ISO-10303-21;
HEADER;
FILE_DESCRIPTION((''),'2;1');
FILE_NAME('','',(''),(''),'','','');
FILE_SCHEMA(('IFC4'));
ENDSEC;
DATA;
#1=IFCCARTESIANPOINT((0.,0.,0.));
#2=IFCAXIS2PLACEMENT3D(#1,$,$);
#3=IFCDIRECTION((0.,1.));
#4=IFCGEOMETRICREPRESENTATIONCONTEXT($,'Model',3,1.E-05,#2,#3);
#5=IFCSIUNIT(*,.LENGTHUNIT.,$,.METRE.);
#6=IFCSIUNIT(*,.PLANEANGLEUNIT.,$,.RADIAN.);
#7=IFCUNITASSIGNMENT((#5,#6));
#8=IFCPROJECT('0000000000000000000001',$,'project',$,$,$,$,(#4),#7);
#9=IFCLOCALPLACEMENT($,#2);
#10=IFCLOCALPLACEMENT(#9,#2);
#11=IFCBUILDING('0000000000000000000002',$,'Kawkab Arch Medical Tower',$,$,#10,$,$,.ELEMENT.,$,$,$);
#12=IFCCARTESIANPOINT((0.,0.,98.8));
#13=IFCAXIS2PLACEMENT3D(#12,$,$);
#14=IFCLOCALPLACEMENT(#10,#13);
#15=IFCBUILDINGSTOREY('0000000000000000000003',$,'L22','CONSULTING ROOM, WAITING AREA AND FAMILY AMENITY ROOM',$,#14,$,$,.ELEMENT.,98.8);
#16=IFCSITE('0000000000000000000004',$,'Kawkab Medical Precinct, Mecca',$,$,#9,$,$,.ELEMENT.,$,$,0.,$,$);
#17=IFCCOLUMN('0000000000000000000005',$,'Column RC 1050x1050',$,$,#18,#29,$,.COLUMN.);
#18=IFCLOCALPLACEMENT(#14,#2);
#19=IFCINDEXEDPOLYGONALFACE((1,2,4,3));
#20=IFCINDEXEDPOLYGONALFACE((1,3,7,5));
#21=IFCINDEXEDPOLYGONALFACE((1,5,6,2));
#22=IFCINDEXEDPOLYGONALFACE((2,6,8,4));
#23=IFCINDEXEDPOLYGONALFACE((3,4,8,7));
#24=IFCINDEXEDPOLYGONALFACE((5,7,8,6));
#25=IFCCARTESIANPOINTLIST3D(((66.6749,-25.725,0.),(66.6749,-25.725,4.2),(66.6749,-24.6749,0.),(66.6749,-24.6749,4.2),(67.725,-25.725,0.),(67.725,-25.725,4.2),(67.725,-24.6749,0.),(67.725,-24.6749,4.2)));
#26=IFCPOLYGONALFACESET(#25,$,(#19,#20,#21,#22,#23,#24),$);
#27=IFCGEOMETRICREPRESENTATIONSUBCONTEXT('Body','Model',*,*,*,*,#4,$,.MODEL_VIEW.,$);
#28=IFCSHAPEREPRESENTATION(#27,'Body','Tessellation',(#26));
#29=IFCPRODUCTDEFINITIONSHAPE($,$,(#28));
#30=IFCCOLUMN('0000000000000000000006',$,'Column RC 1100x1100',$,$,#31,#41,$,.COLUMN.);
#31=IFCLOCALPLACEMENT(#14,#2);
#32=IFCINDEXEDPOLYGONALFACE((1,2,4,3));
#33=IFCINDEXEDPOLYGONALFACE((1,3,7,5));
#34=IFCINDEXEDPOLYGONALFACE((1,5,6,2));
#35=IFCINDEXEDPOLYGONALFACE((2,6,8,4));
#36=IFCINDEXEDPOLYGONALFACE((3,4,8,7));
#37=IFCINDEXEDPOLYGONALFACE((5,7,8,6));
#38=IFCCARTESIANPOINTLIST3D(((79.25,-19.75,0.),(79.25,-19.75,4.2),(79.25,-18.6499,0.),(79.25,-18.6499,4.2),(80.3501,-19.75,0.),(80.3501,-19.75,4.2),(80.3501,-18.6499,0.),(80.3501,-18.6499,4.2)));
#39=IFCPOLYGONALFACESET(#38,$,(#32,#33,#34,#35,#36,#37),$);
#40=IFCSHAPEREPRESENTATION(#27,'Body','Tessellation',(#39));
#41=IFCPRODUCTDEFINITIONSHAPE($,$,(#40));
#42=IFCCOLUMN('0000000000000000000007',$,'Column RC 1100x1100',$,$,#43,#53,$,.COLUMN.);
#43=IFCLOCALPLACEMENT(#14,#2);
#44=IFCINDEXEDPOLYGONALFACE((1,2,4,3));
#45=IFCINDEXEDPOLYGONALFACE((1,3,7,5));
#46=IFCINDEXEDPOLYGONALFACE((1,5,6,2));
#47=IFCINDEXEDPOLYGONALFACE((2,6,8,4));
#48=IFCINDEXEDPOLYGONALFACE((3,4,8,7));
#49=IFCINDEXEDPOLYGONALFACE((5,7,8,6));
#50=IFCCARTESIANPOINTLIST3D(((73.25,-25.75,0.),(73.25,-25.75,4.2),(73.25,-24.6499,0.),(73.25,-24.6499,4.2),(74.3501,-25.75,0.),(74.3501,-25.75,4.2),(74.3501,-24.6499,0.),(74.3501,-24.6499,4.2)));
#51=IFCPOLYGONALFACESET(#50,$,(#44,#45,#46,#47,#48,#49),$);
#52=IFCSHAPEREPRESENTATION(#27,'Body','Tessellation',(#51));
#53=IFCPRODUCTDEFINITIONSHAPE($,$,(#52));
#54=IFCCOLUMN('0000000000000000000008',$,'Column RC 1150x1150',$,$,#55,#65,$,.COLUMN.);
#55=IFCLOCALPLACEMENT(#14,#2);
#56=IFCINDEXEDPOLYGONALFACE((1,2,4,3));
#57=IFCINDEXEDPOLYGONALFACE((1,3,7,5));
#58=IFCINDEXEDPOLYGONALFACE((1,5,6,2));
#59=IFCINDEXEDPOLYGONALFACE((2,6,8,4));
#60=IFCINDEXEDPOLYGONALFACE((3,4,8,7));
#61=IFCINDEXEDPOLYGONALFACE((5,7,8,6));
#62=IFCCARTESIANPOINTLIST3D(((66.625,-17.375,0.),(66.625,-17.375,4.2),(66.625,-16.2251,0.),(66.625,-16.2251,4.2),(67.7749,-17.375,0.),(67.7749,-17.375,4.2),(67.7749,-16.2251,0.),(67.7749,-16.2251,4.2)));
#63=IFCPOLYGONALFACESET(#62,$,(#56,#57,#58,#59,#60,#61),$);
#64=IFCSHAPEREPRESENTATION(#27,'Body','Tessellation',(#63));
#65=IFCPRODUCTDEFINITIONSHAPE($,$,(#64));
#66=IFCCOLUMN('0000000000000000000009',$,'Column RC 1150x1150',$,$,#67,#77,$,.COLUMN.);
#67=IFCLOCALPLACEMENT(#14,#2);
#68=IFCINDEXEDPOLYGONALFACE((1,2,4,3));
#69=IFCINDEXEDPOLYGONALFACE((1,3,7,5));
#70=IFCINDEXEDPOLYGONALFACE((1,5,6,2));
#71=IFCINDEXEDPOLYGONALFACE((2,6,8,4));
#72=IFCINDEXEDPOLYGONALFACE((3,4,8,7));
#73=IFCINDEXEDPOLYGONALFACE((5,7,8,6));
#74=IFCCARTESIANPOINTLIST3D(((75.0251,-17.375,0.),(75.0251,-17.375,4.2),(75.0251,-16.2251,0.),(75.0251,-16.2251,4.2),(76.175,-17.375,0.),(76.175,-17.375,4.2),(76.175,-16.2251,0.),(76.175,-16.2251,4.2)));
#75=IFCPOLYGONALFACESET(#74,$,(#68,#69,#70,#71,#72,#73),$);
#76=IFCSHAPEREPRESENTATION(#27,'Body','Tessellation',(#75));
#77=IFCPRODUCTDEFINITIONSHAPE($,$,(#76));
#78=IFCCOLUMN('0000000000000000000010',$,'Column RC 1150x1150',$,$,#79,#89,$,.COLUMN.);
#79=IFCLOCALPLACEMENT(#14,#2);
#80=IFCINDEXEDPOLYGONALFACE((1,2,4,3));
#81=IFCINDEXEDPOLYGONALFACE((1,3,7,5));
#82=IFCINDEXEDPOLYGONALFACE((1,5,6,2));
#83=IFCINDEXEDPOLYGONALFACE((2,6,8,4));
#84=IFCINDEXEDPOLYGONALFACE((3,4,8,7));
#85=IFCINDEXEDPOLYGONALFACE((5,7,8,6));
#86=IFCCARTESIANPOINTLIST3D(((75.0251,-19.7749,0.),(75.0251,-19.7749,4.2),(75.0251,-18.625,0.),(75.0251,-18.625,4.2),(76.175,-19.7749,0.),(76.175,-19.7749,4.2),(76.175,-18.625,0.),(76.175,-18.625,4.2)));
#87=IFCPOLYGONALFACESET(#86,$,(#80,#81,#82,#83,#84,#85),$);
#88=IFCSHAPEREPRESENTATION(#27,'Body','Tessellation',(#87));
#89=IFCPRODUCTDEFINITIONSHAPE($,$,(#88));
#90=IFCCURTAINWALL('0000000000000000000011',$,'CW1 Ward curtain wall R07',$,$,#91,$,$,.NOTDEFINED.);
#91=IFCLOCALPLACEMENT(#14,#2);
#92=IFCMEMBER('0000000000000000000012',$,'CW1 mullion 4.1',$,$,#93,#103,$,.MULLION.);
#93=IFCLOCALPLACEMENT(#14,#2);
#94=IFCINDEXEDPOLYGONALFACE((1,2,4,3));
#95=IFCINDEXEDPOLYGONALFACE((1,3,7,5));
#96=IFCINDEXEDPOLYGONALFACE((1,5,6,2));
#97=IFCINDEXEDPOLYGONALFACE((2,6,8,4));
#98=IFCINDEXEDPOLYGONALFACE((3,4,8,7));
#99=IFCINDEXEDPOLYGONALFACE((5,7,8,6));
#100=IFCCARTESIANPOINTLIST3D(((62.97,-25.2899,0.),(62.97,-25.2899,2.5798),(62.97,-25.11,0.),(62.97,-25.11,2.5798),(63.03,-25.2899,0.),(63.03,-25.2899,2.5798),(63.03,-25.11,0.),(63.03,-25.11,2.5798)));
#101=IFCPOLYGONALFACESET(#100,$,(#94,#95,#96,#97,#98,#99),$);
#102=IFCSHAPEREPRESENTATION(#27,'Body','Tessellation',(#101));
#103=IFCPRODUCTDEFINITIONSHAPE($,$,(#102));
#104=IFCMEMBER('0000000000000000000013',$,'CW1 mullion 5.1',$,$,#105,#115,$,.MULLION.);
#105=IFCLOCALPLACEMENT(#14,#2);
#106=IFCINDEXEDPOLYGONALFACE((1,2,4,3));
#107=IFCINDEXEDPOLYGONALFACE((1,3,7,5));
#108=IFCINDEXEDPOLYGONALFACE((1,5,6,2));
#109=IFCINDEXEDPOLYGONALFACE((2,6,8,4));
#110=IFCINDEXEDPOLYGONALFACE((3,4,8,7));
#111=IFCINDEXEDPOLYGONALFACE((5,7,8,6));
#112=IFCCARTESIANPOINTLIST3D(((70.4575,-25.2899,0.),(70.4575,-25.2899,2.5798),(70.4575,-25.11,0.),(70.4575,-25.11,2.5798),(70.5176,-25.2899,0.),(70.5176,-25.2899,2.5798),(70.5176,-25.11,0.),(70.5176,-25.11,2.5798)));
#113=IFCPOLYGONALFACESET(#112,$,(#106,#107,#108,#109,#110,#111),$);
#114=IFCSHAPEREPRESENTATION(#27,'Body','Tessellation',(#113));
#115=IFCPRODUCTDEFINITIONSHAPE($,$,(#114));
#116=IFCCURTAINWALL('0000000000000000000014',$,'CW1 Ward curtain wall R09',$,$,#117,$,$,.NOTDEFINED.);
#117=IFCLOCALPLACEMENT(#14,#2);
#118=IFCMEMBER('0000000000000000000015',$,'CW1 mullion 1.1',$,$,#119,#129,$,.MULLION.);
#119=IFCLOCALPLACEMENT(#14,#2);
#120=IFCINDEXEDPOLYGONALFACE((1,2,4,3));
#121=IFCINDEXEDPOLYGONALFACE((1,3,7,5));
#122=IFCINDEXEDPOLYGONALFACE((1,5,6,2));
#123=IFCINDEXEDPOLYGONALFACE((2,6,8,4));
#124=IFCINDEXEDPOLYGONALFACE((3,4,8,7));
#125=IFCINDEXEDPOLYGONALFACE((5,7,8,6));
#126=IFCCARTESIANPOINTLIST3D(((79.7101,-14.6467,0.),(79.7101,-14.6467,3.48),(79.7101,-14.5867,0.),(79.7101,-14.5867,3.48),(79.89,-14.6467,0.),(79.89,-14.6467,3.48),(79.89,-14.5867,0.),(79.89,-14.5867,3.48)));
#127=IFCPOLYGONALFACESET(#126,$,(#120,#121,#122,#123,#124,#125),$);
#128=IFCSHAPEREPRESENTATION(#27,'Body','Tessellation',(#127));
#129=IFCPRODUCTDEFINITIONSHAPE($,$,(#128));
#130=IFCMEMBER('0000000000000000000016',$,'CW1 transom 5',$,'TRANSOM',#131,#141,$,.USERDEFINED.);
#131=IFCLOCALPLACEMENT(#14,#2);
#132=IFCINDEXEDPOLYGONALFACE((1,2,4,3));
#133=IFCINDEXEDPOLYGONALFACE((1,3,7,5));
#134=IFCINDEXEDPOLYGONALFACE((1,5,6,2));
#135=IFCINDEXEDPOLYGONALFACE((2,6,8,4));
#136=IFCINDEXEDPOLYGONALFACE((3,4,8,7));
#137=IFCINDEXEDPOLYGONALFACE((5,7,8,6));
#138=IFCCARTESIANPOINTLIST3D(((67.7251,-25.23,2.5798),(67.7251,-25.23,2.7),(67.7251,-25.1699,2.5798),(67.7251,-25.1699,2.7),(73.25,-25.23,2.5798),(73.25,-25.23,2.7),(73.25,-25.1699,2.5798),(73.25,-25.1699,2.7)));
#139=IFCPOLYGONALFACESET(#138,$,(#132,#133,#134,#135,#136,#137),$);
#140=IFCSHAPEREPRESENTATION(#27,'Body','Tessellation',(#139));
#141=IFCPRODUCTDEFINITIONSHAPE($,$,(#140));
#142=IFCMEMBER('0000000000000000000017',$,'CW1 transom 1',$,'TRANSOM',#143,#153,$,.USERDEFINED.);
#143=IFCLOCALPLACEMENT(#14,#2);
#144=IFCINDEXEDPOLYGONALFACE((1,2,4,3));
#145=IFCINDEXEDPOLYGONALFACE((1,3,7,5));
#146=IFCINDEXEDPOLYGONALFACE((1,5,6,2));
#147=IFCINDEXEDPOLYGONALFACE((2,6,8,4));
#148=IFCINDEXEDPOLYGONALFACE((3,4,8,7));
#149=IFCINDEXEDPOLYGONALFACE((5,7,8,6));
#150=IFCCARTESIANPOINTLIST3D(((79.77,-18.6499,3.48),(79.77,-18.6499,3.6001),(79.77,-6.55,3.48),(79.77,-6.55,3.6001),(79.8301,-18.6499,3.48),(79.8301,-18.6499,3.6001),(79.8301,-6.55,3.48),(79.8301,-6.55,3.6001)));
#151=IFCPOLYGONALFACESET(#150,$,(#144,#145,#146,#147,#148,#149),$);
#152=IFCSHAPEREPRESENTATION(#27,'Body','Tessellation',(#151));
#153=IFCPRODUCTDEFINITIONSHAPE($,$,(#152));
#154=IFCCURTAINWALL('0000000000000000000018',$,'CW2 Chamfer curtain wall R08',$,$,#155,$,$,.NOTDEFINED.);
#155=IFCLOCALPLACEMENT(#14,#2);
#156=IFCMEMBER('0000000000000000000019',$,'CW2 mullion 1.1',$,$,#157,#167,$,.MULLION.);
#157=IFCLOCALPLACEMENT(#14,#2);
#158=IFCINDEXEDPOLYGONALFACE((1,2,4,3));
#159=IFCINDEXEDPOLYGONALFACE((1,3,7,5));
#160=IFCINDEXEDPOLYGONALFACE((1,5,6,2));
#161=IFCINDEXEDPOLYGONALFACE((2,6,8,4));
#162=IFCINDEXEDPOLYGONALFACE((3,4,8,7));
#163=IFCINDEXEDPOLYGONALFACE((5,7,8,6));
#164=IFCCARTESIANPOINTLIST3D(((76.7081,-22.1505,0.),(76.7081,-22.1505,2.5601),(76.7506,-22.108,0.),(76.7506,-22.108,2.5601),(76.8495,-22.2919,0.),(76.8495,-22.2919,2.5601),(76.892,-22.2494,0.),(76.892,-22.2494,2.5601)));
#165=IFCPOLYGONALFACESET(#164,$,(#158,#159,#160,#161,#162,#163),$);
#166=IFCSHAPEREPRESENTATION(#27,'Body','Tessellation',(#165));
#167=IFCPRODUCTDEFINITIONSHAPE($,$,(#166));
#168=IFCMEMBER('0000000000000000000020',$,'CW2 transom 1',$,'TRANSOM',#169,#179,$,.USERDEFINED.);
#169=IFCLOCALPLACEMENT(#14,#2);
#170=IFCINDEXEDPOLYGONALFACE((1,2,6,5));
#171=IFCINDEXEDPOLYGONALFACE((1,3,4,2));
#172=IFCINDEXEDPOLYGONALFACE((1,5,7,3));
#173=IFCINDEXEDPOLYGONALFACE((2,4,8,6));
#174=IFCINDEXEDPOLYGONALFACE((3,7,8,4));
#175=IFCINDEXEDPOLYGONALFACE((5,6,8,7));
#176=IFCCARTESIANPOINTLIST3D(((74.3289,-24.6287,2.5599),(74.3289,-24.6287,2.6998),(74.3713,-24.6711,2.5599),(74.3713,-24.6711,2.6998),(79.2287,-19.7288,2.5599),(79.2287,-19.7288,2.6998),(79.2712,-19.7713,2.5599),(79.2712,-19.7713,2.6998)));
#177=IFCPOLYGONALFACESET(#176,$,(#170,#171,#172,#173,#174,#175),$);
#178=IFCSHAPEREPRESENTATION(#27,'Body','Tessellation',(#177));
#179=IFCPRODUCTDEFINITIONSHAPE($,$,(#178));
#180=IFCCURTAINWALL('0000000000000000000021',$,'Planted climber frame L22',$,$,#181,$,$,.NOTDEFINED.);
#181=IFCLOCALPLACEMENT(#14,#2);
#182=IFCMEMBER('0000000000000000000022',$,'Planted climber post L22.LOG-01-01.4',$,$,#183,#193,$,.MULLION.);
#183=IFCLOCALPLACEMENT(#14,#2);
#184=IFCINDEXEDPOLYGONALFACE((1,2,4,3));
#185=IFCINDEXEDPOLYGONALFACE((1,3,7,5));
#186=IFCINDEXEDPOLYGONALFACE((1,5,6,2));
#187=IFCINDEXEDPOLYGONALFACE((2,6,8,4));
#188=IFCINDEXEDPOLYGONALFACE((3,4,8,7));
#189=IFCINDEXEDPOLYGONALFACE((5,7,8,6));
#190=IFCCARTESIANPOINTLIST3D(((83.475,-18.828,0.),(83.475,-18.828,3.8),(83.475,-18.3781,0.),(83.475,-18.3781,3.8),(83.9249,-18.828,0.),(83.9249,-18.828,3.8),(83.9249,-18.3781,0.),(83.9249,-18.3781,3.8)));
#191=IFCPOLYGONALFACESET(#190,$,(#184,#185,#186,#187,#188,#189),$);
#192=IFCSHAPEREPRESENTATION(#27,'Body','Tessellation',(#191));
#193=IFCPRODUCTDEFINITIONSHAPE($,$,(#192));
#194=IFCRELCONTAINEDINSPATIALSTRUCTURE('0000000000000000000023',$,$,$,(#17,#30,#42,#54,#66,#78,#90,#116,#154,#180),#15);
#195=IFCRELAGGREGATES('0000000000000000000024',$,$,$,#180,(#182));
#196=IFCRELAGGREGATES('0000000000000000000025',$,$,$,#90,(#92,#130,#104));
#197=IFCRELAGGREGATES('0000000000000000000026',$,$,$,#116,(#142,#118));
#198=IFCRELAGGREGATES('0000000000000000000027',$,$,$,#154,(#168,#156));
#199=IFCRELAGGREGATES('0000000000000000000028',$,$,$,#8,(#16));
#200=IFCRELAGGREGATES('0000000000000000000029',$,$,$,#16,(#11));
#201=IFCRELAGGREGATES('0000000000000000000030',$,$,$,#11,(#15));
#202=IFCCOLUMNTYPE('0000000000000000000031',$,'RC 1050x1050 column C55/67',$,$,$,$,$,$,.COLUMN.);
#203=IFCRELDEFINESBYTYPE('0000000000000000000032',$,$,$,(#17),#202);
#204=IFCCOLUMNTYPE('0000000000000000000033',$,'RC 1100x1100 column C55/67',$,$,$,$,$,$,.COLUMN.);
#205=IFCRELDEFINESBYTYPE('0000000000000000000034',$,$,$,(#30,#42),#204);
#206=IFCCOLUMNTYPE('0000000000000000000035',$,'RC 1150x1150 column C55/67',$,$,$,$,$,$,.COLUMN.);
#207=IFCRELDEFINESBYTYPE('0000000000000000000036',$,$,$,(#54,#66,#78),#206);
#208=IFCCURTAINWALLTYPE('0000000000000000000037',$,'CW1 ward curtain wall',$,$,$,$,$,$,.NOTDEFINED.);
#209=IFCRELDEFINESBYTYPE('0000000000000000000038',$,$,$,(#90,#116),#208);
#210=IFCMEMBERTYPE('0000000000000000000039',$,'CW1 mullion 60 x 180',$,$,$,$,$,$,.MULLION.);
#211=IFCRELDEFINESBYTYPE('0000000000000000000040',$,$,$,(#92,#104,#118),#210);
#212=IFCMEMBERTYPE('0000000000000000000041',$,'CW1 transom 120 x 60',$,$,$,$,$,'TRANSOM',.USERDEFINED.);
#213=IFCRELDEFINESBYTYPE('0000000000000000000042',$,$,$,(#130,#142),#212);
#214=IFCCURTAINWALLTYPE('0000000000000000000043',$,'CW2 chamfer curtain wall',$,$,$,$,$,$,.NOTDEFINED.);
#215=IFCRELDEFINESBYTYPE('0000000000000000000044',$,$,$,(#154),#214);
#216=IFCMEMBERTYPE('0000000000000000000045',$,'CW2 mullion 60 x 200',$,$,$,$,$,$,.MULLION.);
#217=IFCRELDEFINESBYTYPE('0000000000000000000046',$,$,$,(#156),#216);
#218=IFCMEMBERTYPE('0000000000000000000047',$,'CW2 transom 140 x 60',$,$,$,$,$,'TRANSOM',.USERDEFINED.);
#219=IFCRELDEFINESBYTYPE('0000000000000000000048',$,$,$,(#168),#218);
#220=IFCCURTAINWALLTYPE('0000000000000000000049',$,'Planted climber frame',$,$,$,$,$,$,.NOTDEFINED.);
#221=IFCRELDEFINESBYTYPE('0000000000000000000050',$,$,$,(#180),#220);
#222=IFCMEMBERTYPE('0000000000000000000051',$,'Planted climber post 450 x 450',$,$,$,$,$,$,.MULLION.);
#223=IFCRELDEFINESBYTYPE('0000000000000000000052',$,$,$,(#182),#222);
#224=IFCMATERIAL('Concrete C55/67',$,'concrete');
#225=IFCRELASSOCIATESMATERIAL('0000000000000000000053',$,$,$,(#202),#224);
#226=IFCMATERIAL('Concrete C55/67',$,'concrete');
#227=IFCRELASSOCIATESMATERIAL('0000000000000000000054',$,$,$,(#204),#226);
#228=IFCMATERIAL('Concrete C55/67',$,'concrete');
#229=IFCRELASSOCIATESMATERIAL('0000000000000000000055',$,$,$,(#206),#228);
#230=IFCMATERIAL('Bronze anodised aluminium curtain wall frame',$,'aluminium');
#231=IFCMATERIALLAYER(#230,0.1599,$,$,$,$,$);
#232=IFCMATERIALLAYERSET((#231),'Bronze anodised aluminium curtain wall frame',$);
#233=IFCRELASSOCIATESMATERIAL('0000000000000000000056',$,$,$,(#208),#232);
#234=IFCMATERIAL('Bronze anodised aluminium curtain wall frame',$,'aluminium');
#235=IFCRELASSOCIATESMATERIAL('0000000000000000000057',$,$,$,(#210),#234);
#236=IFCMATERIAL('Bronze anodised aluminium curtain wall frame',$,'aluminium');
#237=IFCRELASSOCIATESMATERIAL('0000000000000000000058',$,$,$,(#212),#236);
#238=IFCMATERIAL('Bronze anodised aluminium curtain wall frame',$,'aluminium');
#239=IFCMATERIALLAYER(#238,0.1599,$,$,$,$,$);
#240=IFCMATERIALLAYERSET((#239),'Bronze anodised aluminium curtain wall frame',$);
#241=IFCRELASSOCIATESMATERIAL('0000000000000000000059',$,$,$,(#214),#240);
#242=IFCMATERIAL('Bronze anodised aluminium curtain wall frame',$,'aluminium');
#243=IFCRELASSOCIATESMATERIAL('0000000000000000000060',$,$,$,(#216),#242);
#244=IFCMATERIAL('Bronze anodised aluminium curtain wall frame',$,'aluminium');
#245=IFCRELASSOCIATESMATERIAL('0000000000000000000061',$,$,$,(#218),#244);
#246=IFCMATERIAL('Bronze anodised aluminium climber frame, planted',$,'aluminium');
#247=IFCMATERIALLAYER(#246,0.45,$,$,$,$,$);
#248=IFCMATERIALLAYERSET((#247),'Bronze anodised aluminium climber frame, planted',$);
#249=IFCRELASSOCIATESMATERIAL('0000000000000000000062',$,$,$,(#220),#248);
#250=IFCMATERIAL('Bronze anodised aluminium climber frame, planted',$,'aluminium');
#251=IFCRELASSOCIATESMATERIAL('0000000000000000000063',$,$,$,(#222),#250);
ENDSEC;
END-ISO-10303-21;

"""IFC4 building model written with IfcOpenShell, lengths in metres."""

from ifc_helpers import new_model, si_unit, direction, frame, origin, origin_2d, place, context, subcontext, project, spatial, rectangle, extrude, material, layer, layer_set, material_profile, profile_set, type_object, element, aggregate, save


model = new_model("IFC4")

# Units and contexts
model_context = context("Model", 3, precision=1e-05, world=origin(), true_north=direction((0.0, 1.0)))
body_context = subcontext(model_context, "Body", "Model", "MODEL_VIEW")
ifc_project = project(units=[si_unit("LENGTHUNIT", "METRE"), si_unit("PLANEANGLEUNIT", "RADIAN")], contexts=[model_context])

# Site, building, storey
site_placement = place(None, origin())
site = spatial("IfcSite", under=ifc_project, at=site_placement, Name="Kawkab Medical Precinct, Mecca", CompositionType="ELEMENT", RefElevation=0.0)
building_placement = place(site_placement, origin())
building = spatial("IfcBuilding", under=site, at=building_placement, Name="Kawkab Arch Medical Tower", CompositionType="ELEMENT")
storey_placement = place(building_placement, frame((0.0, 0.0, 98.8)))
storey = spatial("IfcBuildingStorey", under=building, at=storey_placement, Name="L22", Description="CONSULTING ROOM, WAITING AREA AND FAMILY AMENITY ROOM", CompositionType="ELEMENT", Elevation=98.8)

# Columns
ifc_material_1 = material(Name="Concrete C55/67", Category="concrete")
ifc_material_profile_1 = material_profile(ifc_material_1, rectangle(XDim=1.05, YDim=1.05, at=origin_2d()), Name="RC 1050x1050")
ifc_profile_set_1 = profile_set([ifc_material_profile_1], Name="Concrete C55/67")
column_type_1 = type_object("IfcColumnType", Name="RC 1050x1050 column C55/67", PredefinedType="COLUMN", material=ifc_profile_set_1)
column_placement = place(storey_placement, frame((67.2, -25.2, 0.0), z_axis=(0.0, 0.0, 1.0), x_axis=(1.0, 0.0, 0.0)))
element("IfcColumn", 1, at=column_placement, inside=storey, type_object=column_type_1, Name="Column RC 1050x1050", PredefinedType="COLUMN", context=body_context, shape_type="SweptSolid", body=[
    extrude(rectangle(XDim=1.05, YDim=1.05, at=origin_2d()), origin(), (0.0, 0.0, 1.0), 4.2),
])
ifc_material_2 = material(Name="Concrete C55/67", Category="concrete")
ifc_material_profile_2 = material_profile(ifc_material_2, rectangle(XDim=1.1001, YDim=1.1001, at=origin_2d()), Name="RC 1100x1100")
ifc_profile_set_2 = profile_set([ifc_material_profile_2], Name="Concrete C55/67")
column_type_2 = type_object("IfcColumnType", Name="RC 1100x1100 column C55/67", PredefinedType="COLUMN", material=ifc_profile_set_2)
for number, where, z_axis, x_axis, name in (
    (2, (79.8, -19.2, 0.0), (0.0, 0.0, 1.0), (1.0, 0.0, 0.0), "Column RC 1100x1100"),
    (3, (73.8, -25.2, 0.0), (0.0, 0.0, 1.0), (1.0, 0.0, 0.0), "Column RC 1100x1100"),
):
    element("IfcColumn", number, at=place(storey_placement, frame(where, z_axis=z_axis, x_axis=x_axis)), inside=storey, type_object=column_type_2, Name=name, PredefinedType="COLUMN", context=body_context, shape_type="SweptSolid", body=[
        extrude(rectangle(XDim=1.1001, YDim=1.1001, at=origin_2d()), origin(), (0.0, 0.0, 1.0), 4.2),
    ])
ifc_material_3 = material(Name="Concrete C55/67", Category="concrete")
ifc_material_profile_3 = material_profile(ifc_material_3, rectangle(XDim=1.1499, YDim=1.1499, at=origin_2d()), Name="RC 1150x1150")
ifc_profile_set_3 = profile_set([ifc_material_profile_3], Name="Concrete C55/67")
column_type_3 = type_object("IfcColumnType", Name="RC 1150x1150 column C55/67", PredefinedType="COLUMN", material=ifc_profile_set_3)
for number, where, z_axis, x_axis, name in (
    (4, (67.2, -16.8, 0.0), (0.0, 0.0, 1.0), (1.0, 0.0, 0.0), "Column RC 1150x1150"),
    (5, (75.6001, -16.8, 0.0), (0.0, 0.0, 1.0), (1.0, 0.0, 0.0), "Column RC 1150x1150"),
    (6, (75.6001, -19.2, 0.0), (0.0, 0.0, 1.0), (1.0, 0.0, 0.0), "Column RC 1150x1150"),
):
    element("IfcColumn", number, at=place(storey_placement, frame(where, z_axis=z_axis, x_axis=x_axis)), inside=storey, type_object=column_type_3, Name=name, PredefinedType="COLUMN", context=body_context, shape_type="SweptSolid", body=[
        extrude(rectangle(XDim=1.1499, YDim=1.1499, at=origin_2d()), origin(), (0.0, 0.0, 1.0), 4.2),
    ])

# Curtain wall, members
ifc_material_4 = material(Name="Bronze anodised aluminium curtain wall frame", Category="aluminium")
ifc_layer_1 = layer(ifc_material_4, 0.1599)
ifc_layer_set_1 = layer_set([ifc_layer_1], Name="Bronze anodised aluminium curtain wall frame")
curtain_wall_type_1 = type_object("IfcCurtainWallType", Name="CW1 ward curtain wall", PredefinedType="NOTDEFINED", material=ifc_layer_set_1)
placement = place(storey_placement, origin())
curtain_wall_1 = element("IfcCurtainWall", 7, at=placement, inside=storey, type_object=curtain_wall_type_1, Name="CW1 Ward curtain wall R07", PredefinedType="NOTDEFINED")
ifc_material_5 = material(Name="Bronze anodised aluminium curtain wall frame", Category="aluminium")
ifc_material_profile_4 = material_profile(ifc_material_5, rectangle(XDim=0.1799, YDim=0.0601, at=origin_2d()), Name="AL 60x180")
ifc_profile_set_4 = profile_set([ifc_material_profile_4], Name="Bronze anodised aluminium curtain wall frame")
member_type_1 = type_object("IfcMemberType", Name="CW1 mullion 60 x 180", PredefinedType="MULLION", material=ifc_profile_set_4)
member_1_placement = place(storey_placement, frame((63.0, -25.2, 0.0), z_axis=(0.0, 0.0, 1.0), x_axis=(0.0, 1.0, 0.0)))
member_1 = element("IfcMember", 8, at=member_1_placement, type_object=member_type_1, Name="CW1 mullion 4.1", PredefinedType="MULLION", context=body_context, shape_type="SweptSolid", body=[
    extrude(rectangle(XDim=0.1799, YDim=0.0601, at=origin_2d()), origin(), (0.0, 0.0, 1.0), 2.5798),
])
member_2_placement = place(storey_placement, frame((70.4875, -25.2, 0.0), z_axis=(0.0, 0.0, 1.0), x_axis=(0.0, 1.0, 0.0)))
member_2 = element("IfcMember", 9, at=member_2_placement, type_object=member_type_1, Name="CW1 mullion 5.1", PredefinedType="MULLION", context=body_context, shape_type="SweptSolid", body=[
    extrude(rectangle(XDim=0.1799, YDim=0.0601, at=origin_2d()), origin(), (0.0, 0.0, 1.0), 2.5798),
])

# Curtain wall, member
curtain_wall_2 = element("IfcCurtainWall", 10, at=placement, inside=storey, type_object=curtain_wall_type_1, Name="CW1 Ward curtain wall R09", PredefinedType="NOTDEFINED")
member_3_placement = place(storey_placement, frame((79.8, -14.6167, 0.0), z_axis=(0.0, 0.0, 1.0), x_axis=(-1.0, 0.0, 0.0)))
member_3 = element("IfcMember", 11, at=member_3_placement, type_object=member_type_1, Name="CW1 mullion 1.1", PredefinedType="MULLION", context=body_context, shape_type="SweptSolid", body=[
    extrude(rectangle(XDim=0.1799, YDim=0.0601, at=origin_2d()), origin(), (0.0, 0.0, 1.0), 3.48),
])

# Members
ifc_material_6 = material(Name="Bronze anodised aluminium curtain wall frame", Category="aluminium")
ifc_material_profile_5 = material_profile(ifc_material_6, rectangle(XDim=0.0601, YDim=0.1201, at=origin_2d()), Name="AL 60x120")
ifc_profile_set_5 = profile_set([ifc_material_profile_5], Name="Bronze anodised aluminium curtain wall frame")
member_type_2 = type_object("IfcMemberType", Name="CW1 transom 120 x 60", ElementType="TRANSOM", PredefinedType="USERDEFINED", material=ifc_profile_set_5)
member_4_placement = place(storey_placement, frame((67.7251, -25.2, 2.6399), z_axis=(1.0, 0.0, 0.0), x_axis=(0.0, 1.0, 0.0)))
member_4 = element("IfcMember", 12, at=member_4_placement, type_object=member_type_2, Name="CW1 transom 5", ObjectType="TRANSOM", PredefinedType="USERDEFINED", context=body_context, shape_type="SweptSolid", body=[
    extrude(rectangle(XDim=0.0601, YDim=0.1201, at=origin_2d()), origin(), (0.0, 0.0, 1.0), 5.5249),
])
member_5_placement = place(storey_placement, frame((79.8, -18.6499, 3.54), z_axis=(0.0, 1.0, 0.0), x_axis=(-1.0, 0.0, 0.0)))
member_5 = element("IfcMember", 13, at=member_5_placement, type_object=member_type_2, Name="CW1 transom 1", ObjectType="TRANSOM", PredefinedType="USERDEFINED", context=body_context, shape_type="SweptSolid", body=[
    extrude(rectangle(XDim=0.0601, YDim=0.1201, at=origin_2d()), origin(), (0.0, 0.0, 1.0), 12.0999),
])

# Curtain wall, members
ifc_material_7 = material(Name="Bronze anodised aluminium curtain wall frame", Category="aluminium")
ifc_layer_2 = layer(ifc_material_7, 0.1599)
ifc_layer_set_2 = layer_set([ifc_layer_2], Name="Bronze anodised aluminium curtain wall frame")
curtain_wall_type_2 = type_object("IfcCurtainWallType", Name="CW2 chamfer curtain wall", PredefinedType="NOTDEFINED", material=ifc_layer_set_2)
curtain_wall_3 = element("IfcCurtainWall", 14, at=placement, inside=storey, type_object=curtain_wall_type_2, Name="CW2 Chamfer curtain wall R08", PredefinedType="NOTDEFINED")
ifc_material_8 = material(Name="Bronze anodised aluminium curtain wall frame", Category="aluminium")
ifc_material_profile_6 = material_profile(ifc_material_8, rectangle(XDim=0.2, YDim=0.0601, at=origin_2d()), Name="AL 60x200")
ifc_profile_set_6 = profile_set([ifc_material_profile_6], Name="Bronze anodised aluminium curtain wall frame")
member_type_3 = type_object("IfcMemberType", Name="CW2 mullion 60 x 200", PredefinedType="MULLION", material=ifc_profile_set_6)
member_6_placement = place(storey_placement, frame((76.8, -22.2, 0.0), z_axis=(0.0, 0.0, 1.0), x_axis=(-0.707107, 0.707107, 0.0)))
member_6 = element("IfcMember", 15, at=member_6_placement, type_object=member_type_3, Name="CW2 mullion 1.1", PredefinedType="MULLION", context=body_context, shape_type="SweptSolid", body=[
    extrude(rectangle(XDim=0.2, YDim=0.0601, at=origin_2d()), origin(), (0.0, 0.0, 1.0), 2.5601),
])
ifc_material_9 = material(Name="Bronze anodised aluminium curtain wall frame", Category="aluminium")
ifc_material_profile_7 = material_profile(ifc_material_9, rectangle(XDim=0.0601, YDim=0.1399, at=origin_2d()), Name="AL 60x140")
ifc_profile_set_7 = profile_set([ifc_material_profile_7], Name="Bronze anodised aluminium curtain wall frame")
member_type_4 = type_object("IfcMemberType", Name="CW2 transom 140 x 60", ElementType="TRANSOM", PredefinedType="USERDEFINED", material=ifc_profile_set_7)
member_7_placement = place(storey_placement, frame((74.3501, -24.6499, 2.6299), z_axis=(0.707107, 0.707107, 0.0), x_axis=(-0.707107, 0.707107, 0.0)))
member_7 = element("IfcMember", 16, at=member_7_placement, type_object=member_type_4, Name="CW2 transom 1", ObjectType="TRANSOM", PredefinedType="USERDEFINED", context=body_context, shape_type="SweptSolid", body=[
    extrude(rectangle(XDim=0.0601, YDim=0.1399, at=origin_2d()), origin(), (0.0, 0.0, 1.0), 6.9294),
])

# Curtain wall, member
ifc_material_10 = material(Name="Bronze anodised aluminium climber frame, planted", Category="aluminium")
ifc_layer_3 = layer(ifc_material_10, 0.45)
ifc_layer_set_3 = layer_set([ifc_layer_3], Name="Bronze anodised aluminium climber frame, planted")
curtain_wall_type_3 = type_object("IfcCurtainWallType", Name="Planted climber frame", PredefinedType="NOTDEFINED", material=ifc_layer_set_3)
curtain_wall_4 = element("IfcCurtainWall", 17, at=placement, inside=storey, type_object=curtain_wall_type_3, Name="Planted climber frame L22", PredefinedType="NOTDEFINED")
ifc_material_11 = material(Name="Bronze anodised aluminium climber frame, planted", Category="aluminium")
ifc_material_profile_8 = material_profile(ifc_material_11, rectangle(XDim=0.45, YDim=0.45, at=origin_2d()), Name="Post 450x450")
ifc_profile_set_8 = profile_set([ifc_material_profile_8], Name="Bronze anodised aluminium climber frame, planted")
member_type_5 = type_object("IfcMemberType", Name="Planted climber post 450 x 450", PredefinedType="MULLION", material=ifc_profile_set_8)
member_8_placement = place(storey_placement, frame((83.7, -18.603, 0.0), z_axis=(0.0, 0.0, 1.0), x_axis=(1.0, 0.0, 0.0)))
member_8 = element("IfcMember", 18, at=member_8_placement, type_object=member_type_5, Name="Planted climber post L22.LOG-01-01.4", PredefinedType="MULLION", context=body_context, shape_type="SweptSolid", body=[
    extrude(rectangle(XDim=0.45, YDim=0.45, at=origin_2d()), origin(), (0.0, 0.0, 1.0), 3.8),
])
aggregate(curtain_wall_4, [member_8])

aggregate(curtain_wall_1, [member_1, member_4, member_2])
aggregate(curtain_wall_2, [member_5, member_3])
aggregate(curtain_wall_3, [member_7, member_6])

save(model, "model.ifc")
